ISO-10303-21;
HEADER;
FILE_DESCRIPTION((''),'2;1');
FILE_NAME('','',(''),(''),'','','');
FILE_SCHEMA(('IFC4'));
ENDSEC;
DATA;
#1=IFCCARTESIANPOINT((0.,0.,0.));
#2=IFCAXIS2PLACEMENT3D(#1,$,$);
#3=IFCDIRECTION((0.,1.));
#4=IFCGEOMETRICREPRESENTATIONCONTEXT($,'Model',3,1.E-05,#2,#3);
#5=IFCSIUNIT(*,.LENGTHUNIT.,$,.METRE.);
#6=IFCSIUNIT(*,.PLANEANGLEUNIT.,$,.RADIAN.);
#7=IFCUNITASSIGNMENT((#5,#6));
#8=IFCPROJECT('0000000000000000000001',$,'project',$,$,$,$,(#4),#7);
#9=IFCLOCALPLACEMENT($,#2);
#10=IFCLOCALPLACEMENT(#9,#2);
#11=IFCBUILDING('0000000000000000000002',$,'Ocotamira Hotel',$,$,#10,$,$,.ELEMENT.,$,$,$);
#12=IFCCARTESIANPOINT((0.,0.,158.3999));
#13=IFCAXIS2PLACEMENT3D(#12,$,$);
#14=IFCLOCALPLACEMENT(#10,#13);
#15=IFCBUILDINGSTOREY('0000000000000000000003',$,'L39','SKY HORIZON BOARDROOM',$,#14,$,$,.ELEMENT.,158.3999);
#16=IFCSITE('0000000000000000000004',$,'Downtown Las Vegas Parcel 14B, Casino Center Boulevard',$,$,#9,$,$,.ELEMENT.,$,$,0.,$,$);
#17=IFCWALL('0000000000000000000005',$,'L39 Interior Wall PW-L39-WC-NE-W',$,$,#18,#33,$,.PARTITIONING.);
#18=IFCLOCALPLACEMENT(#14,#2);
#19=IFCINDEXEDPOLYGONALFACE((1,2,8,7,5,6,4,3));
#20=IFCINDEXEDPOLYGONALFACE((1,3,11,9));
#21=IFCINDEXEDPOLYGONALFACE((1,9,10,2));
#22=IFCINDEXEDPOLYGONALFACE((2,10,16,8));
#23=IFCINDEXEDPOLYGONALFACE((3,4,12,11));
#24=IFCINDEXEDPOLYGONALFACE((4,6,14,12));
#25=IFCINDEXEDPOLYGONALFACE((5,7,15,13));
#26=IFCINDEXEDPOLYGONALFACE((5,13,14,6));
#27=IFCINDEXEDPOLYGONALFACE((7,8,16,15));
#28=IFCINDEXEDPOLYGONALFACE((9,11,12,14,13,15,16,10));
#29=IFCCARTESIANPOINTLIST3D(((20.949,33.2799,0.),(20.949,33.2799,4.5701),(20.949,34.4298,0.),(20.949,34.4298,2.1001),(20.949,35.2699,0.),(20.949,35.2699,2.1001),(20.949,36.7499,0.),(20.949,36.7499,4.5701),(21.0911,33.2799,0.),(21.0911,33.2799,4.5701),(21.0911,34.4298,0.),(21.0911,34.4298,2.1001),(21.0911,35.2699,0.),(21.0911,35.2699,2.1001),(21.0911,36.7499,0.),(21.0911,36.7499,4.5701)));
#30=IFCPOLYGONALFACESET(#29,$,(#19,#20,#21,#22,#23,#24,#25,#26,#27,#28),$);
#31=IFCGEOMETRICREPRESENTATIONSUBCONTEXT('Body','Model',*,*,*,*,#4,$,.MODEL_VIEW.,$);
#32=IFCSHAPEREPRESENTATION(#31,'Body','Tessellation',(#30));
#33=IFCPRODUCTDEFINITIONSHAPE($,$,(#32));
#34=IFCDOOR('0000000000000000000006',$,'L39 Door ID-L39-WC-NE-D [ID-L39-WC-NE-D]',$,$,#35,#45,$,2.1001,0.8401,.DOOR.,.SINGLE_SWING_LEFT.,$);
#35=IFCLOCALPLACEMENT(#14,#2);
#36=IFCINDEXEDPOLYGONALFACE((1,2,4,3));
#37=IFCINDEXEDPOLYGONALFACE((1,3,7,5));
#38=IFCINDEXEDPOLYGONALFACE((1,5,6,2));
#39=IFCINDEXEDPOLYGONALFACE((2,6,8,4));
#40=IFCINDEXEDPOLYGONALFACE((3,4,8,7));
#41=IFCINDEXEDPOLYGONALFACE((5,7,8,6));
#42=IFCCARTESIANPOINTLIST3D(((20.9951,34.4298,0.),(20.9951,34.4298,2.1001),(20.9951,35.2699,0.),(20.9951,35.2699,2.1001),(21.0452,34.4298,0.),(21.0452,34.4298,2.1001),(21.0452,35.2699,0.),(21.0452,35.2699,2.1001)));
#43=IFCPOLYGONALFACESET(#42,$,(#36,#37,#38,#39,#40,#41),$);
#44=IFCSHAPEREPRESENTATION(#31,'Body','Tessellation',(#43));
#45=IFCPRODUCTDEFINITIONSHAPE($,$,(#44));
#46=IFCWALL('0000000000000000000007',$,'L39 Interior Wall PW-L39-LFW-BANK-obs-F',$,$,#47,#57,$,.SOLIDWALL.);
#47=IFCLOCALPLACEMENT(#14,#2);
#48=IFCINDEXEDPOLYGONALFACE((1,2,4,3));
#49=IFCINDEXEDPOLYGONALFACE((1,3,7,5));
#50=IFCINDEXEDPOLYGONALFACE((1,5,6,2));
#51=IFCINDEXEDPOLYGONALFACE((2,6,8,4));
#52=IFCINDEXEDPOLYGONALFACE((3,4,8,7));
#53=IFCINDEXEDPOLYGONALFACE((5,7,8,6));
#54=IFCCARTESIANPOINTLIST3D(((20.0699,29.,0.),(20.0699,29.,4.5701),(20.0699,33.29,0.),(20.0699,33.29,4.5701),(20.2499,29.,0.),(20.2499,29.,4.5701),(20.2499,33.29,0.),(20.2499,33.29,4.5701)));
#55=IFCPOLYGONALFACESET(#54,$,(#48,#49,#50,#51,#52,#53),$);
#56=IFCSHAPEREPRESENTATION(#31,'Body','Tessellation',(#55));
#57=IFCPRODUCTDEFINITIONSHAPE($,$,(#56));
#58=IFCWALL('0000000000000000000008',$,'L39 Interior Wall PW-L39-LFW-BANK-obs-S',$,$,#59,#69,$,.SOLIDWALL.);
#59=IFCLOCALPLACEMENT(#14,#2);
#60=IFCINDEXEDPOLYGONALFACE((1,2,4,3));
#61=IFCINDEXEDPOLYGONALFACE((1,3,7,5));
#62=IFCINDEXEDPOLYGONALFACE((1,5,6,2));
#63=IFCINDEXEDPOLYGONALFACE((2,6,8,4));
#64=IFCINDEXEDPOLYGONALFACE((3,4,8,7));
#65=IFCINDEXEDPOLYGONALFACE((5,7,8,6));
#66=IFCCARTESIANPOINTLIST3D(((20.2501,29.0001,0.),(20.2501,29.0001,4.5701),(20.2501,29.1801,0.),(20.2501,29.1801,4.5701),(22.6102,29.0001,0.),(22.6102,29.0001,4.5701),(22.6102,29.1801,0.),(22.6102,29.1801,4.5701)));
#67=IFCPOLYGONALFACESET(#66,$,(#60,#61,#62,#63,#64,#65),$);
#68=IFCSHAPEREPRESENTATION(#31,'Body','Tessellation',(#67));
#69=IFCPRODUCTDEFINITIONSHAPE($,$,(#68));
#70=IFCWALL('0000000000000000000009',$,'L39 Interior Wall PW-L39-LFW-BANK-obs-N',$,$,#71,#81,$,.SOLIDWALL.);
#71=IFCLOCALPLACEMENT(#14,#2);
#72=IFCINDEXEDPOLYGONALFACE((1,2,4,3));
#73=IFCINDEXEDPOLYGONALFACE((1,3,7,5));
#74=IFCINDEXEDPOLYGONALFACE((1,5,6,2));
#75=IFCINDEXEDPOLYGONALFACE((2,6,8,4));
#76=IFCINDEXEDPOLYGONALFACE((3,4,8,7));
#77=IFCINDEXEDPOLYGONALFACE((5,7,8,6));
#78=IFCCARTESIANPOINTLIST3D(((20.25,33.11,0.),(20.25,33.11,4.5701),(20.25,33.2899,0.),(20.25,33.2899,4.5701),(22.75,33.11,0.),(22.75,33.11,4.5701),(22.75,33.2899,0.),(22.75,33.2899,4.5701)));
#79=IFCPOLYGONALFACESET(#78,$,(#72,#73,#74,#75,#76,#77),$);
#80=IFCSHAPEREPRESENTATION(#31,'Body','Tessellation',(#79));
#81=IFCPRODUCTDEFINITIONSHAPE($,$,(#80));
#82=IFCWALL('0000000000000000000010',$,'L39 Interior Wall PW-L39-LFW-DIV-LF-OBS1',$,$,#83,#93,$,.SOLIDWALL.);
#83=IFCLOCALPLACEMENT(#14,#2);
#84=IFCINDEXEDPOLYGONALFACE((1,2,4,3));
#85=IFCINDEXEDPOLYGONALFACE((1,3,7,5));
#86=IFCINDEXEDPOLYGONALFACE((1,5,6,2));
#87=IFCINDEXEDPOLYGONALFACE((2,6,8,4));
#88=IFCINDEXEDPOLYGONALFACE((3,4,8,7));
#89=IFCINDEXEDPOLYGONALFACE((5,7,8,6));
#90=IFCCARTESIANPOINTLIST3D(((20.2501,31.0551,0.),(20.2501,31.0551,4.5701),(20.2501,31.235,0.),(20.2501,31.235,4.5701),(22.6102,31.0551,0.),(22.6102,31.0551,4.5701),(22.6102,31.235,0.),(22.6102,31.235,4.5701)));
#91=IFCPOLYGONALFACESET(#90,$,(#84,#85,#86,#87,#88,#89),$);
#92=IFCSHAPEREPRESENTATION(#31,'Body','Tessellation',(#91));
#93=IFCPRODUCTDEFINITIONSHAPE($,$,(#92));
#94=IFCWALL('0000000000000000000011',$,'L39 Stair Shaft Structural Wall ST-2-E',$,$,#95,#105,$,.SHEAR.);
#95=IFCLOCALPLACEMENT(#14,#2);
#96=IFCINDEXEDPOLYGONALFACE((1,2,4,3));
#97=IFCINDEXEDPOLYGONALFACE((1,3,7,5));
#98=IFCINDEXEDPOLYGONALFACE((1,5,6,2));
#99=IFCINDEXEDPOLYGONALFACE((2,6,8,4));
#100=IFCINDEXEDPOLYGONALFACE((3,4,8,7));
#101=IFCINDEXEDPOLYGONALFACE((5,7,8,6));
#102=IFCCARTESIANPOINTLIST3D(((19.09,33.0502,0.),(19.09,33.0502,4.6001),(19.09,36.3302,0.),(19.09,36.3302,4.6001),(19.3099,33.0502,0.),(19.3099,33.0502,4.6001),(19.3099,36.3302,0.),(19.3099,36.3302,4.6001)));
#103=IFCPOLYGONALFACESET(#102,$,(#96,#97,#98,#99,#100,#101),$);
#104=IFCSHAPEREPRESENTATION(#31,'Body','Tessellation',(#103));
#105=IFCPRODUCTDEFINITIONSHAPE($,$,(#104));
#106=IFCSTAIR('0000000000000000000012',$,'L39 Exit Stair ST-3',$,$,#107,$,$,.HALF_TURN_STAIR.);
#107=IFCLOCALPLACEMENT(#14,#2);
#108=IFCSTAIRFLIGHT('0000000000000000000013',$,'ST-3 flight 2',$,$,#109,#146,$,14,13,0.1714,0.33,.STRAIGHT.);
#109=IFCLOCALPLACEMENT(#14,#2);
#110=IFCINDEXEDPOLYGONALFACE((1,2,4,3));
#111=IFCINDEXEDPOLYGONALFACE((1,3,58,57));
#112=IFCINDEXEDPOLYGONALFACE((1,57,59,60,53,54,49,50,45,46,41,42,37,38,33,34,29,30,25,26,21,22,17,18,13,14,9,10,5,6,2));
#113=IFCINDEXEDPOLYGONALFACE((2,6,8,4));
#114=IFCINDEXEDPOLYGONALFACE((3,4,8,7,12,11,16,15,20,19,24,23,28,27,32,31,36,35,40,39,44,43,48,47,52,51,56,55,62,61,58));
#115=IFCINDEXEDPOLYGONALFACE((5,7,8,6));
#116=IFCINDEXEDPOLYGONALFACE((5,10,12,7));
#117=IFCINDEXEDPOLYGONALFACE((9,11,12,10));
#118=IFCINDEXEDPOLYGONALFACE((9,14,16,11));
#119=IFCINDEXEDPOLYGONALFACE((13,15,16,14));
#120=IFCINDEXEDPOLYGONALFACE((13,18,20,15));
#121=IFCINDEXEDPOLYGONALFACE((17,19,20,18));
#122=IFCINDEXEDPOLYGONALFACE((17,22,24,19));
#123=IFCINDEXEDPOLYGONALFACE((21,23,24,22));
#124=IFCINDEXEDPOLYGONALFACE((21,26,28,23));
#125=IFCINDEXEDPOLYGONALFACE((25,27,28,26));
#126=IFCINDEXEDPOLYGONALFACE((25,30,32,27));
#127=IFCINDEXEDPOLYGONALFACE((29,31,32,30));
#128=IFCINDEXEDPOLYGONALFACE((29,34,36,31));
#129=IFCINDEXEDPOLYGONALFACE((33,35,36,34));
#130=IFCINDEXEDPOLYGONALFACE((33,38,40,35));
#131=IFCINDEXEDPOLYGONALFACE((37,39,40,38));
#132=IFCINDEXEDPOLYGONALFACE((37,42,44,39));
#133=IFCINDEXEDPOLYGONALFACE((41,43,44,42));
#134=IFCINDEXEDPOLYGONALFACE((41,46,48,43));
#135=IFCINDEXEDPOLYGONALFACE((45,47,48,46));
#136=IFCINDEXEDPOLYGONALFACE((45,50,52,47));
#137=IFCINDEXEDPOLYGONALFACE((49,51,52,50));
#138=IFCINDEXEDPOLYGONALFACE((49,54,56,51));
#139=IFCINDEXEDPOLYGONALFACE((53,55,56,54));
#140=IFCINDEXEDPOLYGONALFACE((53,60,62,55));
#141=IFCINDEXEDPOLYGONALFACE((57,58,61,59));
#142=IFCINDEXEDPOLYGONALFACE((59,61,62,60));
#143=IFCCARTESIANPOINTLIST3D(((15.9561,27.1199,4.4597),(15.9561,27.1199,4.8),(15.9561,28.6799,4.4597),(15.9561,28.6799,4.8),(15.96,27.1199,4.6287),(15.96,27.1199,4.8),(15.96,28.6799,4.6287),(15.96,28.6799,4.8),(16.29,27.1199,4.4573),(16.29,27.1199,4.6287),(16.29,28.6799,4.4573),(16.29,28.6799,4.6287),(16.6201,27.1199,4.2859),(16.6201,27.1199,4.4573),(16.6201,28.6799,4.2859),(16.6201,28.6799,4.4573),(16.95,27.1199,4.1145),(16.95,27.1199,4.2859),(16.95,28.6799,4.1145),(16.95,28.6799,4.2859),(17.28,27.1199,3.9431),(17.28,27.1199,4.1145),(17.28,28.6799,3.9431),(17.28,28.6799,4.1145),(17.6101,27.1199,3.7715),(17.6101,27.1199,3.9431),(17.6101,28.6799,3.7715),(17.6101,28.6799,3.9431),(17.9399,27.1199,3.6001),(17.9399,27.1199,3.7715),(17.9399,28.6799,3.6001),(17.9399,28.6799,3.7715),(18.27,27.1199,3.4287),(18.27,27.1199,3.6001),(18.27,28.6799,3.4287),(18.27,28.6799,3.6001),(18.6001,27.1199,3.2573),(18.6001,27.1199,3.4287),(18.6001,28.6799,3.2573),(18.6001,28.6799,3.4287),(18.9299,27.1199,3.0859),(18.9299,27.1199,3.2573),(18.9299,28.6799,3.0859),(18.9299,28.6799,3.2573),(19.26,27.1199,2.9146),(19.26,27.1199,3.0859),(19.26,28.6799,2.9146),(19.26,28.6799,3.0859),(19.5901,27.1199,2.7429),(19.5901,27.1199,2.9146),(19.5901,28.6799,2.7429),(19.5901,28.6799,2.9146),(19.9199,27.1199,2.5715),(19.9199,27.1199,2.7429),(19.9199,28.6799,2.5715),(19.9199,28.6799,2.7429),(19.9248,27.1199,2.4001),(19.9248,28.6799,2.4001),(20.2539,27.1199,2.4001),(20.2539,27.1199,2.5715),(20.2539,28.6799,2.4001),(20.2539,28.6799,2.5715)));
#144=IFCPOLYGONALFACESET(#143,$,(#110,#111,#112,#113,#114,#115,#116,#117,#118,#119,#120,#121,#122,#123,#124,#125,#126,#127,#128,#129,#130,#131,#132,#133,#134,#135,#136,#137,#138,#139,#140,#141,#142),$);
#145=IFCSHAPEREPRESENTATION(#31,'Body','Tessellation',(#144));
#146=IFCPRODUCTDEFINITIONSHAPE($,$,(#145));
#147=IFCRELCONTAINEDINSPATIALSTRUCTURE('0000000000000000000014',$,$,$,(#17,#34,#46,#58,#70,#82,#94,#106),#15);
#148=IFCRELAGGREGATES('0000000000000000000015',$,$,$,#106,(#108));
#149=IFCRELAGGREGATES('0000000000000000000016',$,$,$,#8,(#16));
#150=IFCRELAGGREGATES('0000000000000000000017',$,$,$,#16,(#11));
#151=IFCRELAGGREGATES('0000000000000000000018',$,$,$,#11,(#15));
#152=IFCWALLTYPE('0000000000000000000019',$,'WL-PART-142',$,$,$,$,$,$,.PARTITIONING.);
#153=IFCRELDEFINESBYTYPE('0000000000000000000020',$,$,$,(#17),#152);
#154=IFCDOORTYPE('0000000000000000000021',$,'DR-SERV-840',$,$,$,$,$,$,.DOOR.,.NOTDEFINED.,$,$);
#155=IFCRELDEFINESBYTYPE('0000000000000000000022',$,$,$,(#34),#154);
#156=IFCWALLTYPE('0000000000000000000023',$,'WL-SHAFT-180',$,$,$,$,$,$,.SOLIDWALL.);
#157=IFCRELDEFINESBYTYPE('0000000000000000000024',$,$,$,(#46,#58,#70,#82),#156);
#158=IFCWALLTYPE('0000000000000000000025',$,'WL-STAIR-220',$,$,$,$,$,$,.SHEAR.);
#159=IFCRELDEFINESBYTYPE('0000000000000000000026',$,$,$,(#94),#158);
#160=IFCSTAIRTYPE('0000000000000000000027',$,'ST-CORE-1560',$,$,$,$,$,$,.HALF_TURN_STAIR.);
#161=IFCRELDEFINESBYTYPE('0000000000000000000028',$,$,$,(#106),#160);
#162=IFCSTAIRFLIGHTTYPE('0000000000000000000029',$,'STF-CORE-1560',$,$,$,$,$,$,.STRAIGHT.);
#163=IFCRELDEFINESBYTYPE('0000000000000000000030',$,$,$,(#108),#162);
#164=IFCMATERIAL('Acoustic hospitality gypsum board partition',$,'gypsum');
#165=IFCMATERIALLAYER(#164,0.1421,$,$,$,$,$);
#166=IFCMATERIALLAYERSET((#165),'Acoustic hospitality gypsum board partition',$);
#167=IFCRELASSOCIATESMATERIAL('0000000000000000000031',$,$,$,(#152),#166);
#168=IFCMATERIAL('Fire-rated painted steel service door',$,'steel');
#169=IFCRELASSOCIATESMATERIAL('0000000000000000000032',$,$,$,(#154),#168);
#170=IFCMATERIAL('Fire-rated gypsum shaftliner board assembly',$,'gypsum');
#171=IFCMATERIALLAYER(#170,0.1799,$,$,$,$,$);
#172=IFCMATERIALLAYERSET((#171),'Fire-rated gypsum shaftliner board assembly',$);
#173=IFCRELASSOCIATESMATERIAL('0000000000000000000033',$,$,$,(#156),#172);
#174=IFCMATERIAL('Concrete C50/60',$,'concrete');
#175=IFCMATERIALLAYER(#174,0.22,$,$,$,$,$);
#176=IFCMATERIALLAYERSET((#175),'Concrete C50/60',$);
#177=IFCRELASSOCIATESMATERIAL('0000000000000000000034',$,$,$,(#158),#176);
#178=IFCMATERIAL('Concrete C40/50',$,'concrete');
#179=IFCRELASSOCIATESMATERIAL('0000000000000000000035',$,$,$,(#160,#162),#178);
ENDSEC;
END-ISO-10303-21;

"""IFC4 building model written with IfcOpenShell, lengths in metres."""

from ifc_helpers import new_model, si_unit, direction, frame, frame_2d, origin, place, context, subcontext, project, spatial, polyline, rectangle, outline, extrude, source, transform, mapped, material, layer, layer_set, type_object, element, fill, aggregate, save


model = new_model("IFC4")

# Units and contexts
model_context = context("Model", 3, precision=1e-05, world=origin(), true_north=direction((0.0, 1.0)))
body_context = subcontext(model_context, "Body", "Model", "MODEL_VIEW")
ifc_project = project(units=[si_unit("LENGTHUNIT", "METRE"), si_unit("PLANEANGLEUNIT", "RADIAN")], contexts=[model_context])

# Site, building, storey
site_placement = place(None, origin())
site = spatial("IfcSite", under=ifc_project, at=site_placement, Name="Downtown Las Vegas Parcel 14B, Casino Center Boulevard", CompositionType="ELEMENT", RefElevation=0.0)
building_placement = place(site_placement, origin())
building = spatial("IfcBuilding", under=site, at=building_placement, Name="Ocotamira Hotel", CompositionType="ELEMENT")
storey_placement = place(building_placement, frame((0.0, 0.0, 158.3999)))
storey = spatial("IfcBuildingStorey", under=building, at=storey_placement, Name="L39", Description="SKY HORIZON BOARDROOM", CompositionType="ELEMENT", Elevation=158.3999)

# Wall, opening, door
ifc_material_1 = material(Name="Acoustic hospitality gypsum board partition", Category="gypsum")
ifc_layer_1 = layer(ifc_material_1, 0.1421)
ifc_layer_set_1 = layer_set([ifc_layer_1], Name="Acoustic hospitality gypsum board partition")
wall_type_1 = type_object("IfcWallType", Name="WL-PART-142", PredefinedType="PARTITIONING", material=ifc_layer_set_1)
wall_1_placement = place(storey_placement, frame((21.02, 33.28, 0.0), z_axis=(0.0, 0.0, 1.0), x_axis=(0.0, 1.0, 0.0)))
wall_1 = element("IfcWall", 1, at=wall_1_placement, inside=storey, type_object=wall_type_1, Name="L39 Interior Wall PW-L39-WC-NE-W", PredefinedType="PARTITIONING", context=body_context, shape_type="SweptSolid", body=[
    extrude(rectangle(XDim=3.47, YDim=0.1421, at=frame_2d((1.7349, 0.0))), origin(), (0.0, 0.0, 1.0), 4.5701),
])
opening_1_placement = place(wall_1_placement, frame((1.1499, 0.0, 0.0)))
opening_1 = element("IfcOpeningElement", 2, at=opening_1_placement, cuts=wall_1, PredefinedType="OPENING", context=body_context, shape_type="SweptSolid", body=[
    extrude(rectangle(XDim=0.8401, YDim=2.1001, at=frame_2d((0.4199, 1.05))), frame((0.0, 0.0811, 0.0), z_axis=(0.0, -1.0, 0.0), x_axis=(1.0, 0.0, 0.0)), (0.0, 0.0, 1.0), 0.1621),
])
ifc_material_2 = material(Name="Fire-rated painted steel service door", Category="steel")
door_type_1 = type_object("IfcDoorType", Name="DR-SERV-840", OperationType="NOTDEFINED", PredefinedType="DOOR", material=ifc_material_2)
shared_shape_1 = source(origin(), body_context, "Body", "SweptSolid", [
    extrude(rectangle(XDim=0.8401, YDim=2.1001, at=frame_2d((0.4199, 1.05))), frame((0.0, 0.0249, 0.0), z_axis=(0.0, -1.0, 0.0), x_axis=(1.0, 0.0, 0.0)), (0.0, 0.0, 1.0), 0.05),
])
door_1_placement = place(opening_1_placement, origin())
door_1 = element("IfcDoor", 3, at=door_1_placement, inside=storey, type_object=door_type_1, Name="L39 Door ID-L39-WC-NE-D [ID-L39-WC-NE-D]", OperationType="SINGLE_SWING_LEFT", OverallHeight=2.1001, OverallWidth=0.8401, PredefinedType="DOOR", context=body_context, shape_type="MappedRepresentation", body=[
    mapped(shared_shape_1, transform((0.0, 0.0, 0.0), scale=1.0)),
])
fill(opening_1, door_1)

# Walls
ifc_material_3 = material(Name="Fire-rated gypsum shaftliner board assembly", Category="gypsum")
ifc_layer_2 = layer(ifc_material_3, 0.1799)
ifc_layer_set_2 = layer_set([ifc_layer_2], Name="Fire-rated gypsum shaftliner board assembly")
wall_type_2 = type_object("IfcWallType", Name="WL-SHAFT-180", PredefinedType="SOLIDWALL", material=ifc_layer_set_2)
wall_2_placement = place(storey_placement, frame((20.1599, 29.0, 0.0), z_axis=(0.0, 0.0, 1.0), x_axis=(0.0, 1.0, 0.0)))
element("IfcWall", 4, at=wall_2_placement, inside=storey, type_object=wall_type_2, Name="L39 Interior Wall PW-L39-LFW-BANK-obs-F", PredefinedType="SOLIDWALL", context=body_context, shape_type="SweptSolid", body=[
    extrude(rectangle(XDim=4.29, YDim=0.1799, at=frame_2d((2.145, 0.0))), origin(), (0.0, 0.0, 1.0), 4.5701),
])
wall_3_placement = place(storey_placement, frame((20.25, 29.0901, 0.0), z_axis=(0.0, 0.0, 1.0), x_axis=(1.0, 0.0, 0.0)))
element("IfcWall", 5, at=wall_3_placement, inside=storey, type_object=wall_type_2, Name="L39 Interior Wall PW-L39-LFW-BANK-obs-S", PredefinedType="SOLIDWALL", context=body_context, shape_type="SweptSolid", body=[
    extrude(rectangle(XDim=2.3601, YDim=0.1799, at=frame_2d((1.1802, 0.0))), origin(), (0.0, 0.0, 1.0), 4.5701),
])
wall_4_placement = place(storey_placement, frame((20.25, 33.2, 0.0), z_axis=(0.0, 0.0, 1.0), x_axis=(1.0, 0.0, 0.0)))
element("IfcWall", 6, at=wall_4_placement, inside=storey, type_object=wall_type_2, Name="L39 Interior Wall PW-L39-LFW-BANK-obs-N", PredefinedType="SOLIDWALL", context=body_context, shape_type="SweptSolid", body=[
    extrude(rectangle(XDim=2.5, YDim=0.1799, at=frame_2d((1.25, 0.0))), origin(), (0.0, 0.0, 1.0), 4.5701),
])
wall_5_placement = place(storey_placement, frame((20.25, 31.145, 0.0), z_axis=(0.0, 0.0, 1.0), x_axis=(1.0, 0.0, 0.0)))
element("IfcWall", 7, at=wall_5_placement, inside=storey, type_object=wall_type_2, Name="L39 Interior Wall PW-L39-LFW-DIV-LF-OBS1", PredefinedType="SOLIDWALL", context=body_context, shape_type="SweptSolid", body=[
    extrude(rectangle(XDim=2.3601, YDim=0.1799, at=frame_2d((1.1802, 0.0))), origin(), (0.0, 0.0, 1.0), 4.5701),
])
ifc_material_4 = material(Name="Concrete C50/60", Category="concrete")
ifc_layer_3 = layer(ifc_material_4, 0.22)
ifc_layer_set_3 = layer_set([ifc_layer_3], Name="Concrete C50/60")
wall_type_3 = type_object("IfcWallType", Name="WL-STAIR-220", PredefinedType="SHEAR", material=ifc_layer_set_3)
wall_6_placement = place(storey_placement, frame((19.2, 33.05, 0.0), z_axis=(0.0, 0.0, 1.0), x_axis=(0.0, 1.0, 0.0)))
element("IfcWall", 8, at=wall_6_placement, inside=storey, type_object=wall_type_3, Name="L39 Stair Shaft Structural Wall ST-2-E", PredefinedType="SHEAR", context=body_context, shape_type="SweptSolid", body=[
    extrude(rectangle(XDim=3.28, YDim=0.22, at=frame_2d((1.6401, 0.0))), origin(), (0.0, 0.0, 1.0), 4.6001),
])

# Stair, stair flight
ifc_material_5 = material(Name="Concrete C40/50", Category="concrete")
stair_type = type_object("IfcStairType", Name="ST-CORE-1560", PredefinedType="HALF_TURN_STAIR", material=ifc_material_5)
stair_placement = place(storey_placement, origin())
stair = element("IfcStair", 9, at=stair_placement, inside=storey, type_object=stair_type, Name="L39 Exit Stair ST-3", PredefinedType="HALF_TURN_STAIR")
stair_flight_type = type_object("IfcStairFlightType", Name="STF-CORE-1560", PredefinedType="STRAIGHT", material=ifc_material_5)
shared_shape_2 = source(origin(), body_context, "Body", "SweptSolid", [
    extrude(outline(polyline([(-0.0039, 0.0), (-0.0039, 0.1714), (0.3301, 0.1714), (0.3301, 0.3428), (0.6599, 0.3428), (0.6599, 0.5144), (0.99, 0.5144), (0.99, 0.6858), (1.3201, 0.6858), (1.3201, 0.8572), (1.6499, 0.8572), (1.6499, 1.0286), (1.98, 1.0286), (1.98, 1.2), (2.3101, 1.2), (2.3101, 1.3713), (2.6399, 1.3713), (2.6399, 1.543), (2.97, 1.543), (2.97, 1.7144), (3.3, 1.7144), (3.3, 1.8857), (3.6299, 1.8857), (3.6299, 2.0571), (3.96, 2.0571), (3.96, 2.2285), (4.29, 2.2285), (4.29, 2.3999), (4.2939, 2.3999), (4.2939, 2.0596), (0.3252, 0.0), (-0.0039, 0.0)])), frame((0.0, 0.78, 0.0), z_axis=(0.0, -1.0, 0.0), x_axis=(1.0, 0.0, 0.0)), (0.0, 0.0, 1.0), 1.5601),
])
stair_flight_placement = place(storey_placement, frame((20.25, 27.8999, 2.4001), z_axis=(0.0, 0.0, 1.0), x_axis=(-1.0, 0.0, 0.0)))
stair_flight = element("IfcStairFlight", 10, at=stair_flight_placement, type_object=stair_flight_type, Name="ST-3 flight 2", NumberOfRisers=14, NumberOfTreads=13, PredefinedType="STRAIGHT", RiserHeight=0.1714, TreadLength=0.33, context=body_context, shape_type="MappedRepresentation", body=[
    mapped(shared_shape_2, transform((0.0, 0.0, 0.0), scale=1.0)),
])
aggregate(stair, [stair_flight])

save(model, "model.ifc")
